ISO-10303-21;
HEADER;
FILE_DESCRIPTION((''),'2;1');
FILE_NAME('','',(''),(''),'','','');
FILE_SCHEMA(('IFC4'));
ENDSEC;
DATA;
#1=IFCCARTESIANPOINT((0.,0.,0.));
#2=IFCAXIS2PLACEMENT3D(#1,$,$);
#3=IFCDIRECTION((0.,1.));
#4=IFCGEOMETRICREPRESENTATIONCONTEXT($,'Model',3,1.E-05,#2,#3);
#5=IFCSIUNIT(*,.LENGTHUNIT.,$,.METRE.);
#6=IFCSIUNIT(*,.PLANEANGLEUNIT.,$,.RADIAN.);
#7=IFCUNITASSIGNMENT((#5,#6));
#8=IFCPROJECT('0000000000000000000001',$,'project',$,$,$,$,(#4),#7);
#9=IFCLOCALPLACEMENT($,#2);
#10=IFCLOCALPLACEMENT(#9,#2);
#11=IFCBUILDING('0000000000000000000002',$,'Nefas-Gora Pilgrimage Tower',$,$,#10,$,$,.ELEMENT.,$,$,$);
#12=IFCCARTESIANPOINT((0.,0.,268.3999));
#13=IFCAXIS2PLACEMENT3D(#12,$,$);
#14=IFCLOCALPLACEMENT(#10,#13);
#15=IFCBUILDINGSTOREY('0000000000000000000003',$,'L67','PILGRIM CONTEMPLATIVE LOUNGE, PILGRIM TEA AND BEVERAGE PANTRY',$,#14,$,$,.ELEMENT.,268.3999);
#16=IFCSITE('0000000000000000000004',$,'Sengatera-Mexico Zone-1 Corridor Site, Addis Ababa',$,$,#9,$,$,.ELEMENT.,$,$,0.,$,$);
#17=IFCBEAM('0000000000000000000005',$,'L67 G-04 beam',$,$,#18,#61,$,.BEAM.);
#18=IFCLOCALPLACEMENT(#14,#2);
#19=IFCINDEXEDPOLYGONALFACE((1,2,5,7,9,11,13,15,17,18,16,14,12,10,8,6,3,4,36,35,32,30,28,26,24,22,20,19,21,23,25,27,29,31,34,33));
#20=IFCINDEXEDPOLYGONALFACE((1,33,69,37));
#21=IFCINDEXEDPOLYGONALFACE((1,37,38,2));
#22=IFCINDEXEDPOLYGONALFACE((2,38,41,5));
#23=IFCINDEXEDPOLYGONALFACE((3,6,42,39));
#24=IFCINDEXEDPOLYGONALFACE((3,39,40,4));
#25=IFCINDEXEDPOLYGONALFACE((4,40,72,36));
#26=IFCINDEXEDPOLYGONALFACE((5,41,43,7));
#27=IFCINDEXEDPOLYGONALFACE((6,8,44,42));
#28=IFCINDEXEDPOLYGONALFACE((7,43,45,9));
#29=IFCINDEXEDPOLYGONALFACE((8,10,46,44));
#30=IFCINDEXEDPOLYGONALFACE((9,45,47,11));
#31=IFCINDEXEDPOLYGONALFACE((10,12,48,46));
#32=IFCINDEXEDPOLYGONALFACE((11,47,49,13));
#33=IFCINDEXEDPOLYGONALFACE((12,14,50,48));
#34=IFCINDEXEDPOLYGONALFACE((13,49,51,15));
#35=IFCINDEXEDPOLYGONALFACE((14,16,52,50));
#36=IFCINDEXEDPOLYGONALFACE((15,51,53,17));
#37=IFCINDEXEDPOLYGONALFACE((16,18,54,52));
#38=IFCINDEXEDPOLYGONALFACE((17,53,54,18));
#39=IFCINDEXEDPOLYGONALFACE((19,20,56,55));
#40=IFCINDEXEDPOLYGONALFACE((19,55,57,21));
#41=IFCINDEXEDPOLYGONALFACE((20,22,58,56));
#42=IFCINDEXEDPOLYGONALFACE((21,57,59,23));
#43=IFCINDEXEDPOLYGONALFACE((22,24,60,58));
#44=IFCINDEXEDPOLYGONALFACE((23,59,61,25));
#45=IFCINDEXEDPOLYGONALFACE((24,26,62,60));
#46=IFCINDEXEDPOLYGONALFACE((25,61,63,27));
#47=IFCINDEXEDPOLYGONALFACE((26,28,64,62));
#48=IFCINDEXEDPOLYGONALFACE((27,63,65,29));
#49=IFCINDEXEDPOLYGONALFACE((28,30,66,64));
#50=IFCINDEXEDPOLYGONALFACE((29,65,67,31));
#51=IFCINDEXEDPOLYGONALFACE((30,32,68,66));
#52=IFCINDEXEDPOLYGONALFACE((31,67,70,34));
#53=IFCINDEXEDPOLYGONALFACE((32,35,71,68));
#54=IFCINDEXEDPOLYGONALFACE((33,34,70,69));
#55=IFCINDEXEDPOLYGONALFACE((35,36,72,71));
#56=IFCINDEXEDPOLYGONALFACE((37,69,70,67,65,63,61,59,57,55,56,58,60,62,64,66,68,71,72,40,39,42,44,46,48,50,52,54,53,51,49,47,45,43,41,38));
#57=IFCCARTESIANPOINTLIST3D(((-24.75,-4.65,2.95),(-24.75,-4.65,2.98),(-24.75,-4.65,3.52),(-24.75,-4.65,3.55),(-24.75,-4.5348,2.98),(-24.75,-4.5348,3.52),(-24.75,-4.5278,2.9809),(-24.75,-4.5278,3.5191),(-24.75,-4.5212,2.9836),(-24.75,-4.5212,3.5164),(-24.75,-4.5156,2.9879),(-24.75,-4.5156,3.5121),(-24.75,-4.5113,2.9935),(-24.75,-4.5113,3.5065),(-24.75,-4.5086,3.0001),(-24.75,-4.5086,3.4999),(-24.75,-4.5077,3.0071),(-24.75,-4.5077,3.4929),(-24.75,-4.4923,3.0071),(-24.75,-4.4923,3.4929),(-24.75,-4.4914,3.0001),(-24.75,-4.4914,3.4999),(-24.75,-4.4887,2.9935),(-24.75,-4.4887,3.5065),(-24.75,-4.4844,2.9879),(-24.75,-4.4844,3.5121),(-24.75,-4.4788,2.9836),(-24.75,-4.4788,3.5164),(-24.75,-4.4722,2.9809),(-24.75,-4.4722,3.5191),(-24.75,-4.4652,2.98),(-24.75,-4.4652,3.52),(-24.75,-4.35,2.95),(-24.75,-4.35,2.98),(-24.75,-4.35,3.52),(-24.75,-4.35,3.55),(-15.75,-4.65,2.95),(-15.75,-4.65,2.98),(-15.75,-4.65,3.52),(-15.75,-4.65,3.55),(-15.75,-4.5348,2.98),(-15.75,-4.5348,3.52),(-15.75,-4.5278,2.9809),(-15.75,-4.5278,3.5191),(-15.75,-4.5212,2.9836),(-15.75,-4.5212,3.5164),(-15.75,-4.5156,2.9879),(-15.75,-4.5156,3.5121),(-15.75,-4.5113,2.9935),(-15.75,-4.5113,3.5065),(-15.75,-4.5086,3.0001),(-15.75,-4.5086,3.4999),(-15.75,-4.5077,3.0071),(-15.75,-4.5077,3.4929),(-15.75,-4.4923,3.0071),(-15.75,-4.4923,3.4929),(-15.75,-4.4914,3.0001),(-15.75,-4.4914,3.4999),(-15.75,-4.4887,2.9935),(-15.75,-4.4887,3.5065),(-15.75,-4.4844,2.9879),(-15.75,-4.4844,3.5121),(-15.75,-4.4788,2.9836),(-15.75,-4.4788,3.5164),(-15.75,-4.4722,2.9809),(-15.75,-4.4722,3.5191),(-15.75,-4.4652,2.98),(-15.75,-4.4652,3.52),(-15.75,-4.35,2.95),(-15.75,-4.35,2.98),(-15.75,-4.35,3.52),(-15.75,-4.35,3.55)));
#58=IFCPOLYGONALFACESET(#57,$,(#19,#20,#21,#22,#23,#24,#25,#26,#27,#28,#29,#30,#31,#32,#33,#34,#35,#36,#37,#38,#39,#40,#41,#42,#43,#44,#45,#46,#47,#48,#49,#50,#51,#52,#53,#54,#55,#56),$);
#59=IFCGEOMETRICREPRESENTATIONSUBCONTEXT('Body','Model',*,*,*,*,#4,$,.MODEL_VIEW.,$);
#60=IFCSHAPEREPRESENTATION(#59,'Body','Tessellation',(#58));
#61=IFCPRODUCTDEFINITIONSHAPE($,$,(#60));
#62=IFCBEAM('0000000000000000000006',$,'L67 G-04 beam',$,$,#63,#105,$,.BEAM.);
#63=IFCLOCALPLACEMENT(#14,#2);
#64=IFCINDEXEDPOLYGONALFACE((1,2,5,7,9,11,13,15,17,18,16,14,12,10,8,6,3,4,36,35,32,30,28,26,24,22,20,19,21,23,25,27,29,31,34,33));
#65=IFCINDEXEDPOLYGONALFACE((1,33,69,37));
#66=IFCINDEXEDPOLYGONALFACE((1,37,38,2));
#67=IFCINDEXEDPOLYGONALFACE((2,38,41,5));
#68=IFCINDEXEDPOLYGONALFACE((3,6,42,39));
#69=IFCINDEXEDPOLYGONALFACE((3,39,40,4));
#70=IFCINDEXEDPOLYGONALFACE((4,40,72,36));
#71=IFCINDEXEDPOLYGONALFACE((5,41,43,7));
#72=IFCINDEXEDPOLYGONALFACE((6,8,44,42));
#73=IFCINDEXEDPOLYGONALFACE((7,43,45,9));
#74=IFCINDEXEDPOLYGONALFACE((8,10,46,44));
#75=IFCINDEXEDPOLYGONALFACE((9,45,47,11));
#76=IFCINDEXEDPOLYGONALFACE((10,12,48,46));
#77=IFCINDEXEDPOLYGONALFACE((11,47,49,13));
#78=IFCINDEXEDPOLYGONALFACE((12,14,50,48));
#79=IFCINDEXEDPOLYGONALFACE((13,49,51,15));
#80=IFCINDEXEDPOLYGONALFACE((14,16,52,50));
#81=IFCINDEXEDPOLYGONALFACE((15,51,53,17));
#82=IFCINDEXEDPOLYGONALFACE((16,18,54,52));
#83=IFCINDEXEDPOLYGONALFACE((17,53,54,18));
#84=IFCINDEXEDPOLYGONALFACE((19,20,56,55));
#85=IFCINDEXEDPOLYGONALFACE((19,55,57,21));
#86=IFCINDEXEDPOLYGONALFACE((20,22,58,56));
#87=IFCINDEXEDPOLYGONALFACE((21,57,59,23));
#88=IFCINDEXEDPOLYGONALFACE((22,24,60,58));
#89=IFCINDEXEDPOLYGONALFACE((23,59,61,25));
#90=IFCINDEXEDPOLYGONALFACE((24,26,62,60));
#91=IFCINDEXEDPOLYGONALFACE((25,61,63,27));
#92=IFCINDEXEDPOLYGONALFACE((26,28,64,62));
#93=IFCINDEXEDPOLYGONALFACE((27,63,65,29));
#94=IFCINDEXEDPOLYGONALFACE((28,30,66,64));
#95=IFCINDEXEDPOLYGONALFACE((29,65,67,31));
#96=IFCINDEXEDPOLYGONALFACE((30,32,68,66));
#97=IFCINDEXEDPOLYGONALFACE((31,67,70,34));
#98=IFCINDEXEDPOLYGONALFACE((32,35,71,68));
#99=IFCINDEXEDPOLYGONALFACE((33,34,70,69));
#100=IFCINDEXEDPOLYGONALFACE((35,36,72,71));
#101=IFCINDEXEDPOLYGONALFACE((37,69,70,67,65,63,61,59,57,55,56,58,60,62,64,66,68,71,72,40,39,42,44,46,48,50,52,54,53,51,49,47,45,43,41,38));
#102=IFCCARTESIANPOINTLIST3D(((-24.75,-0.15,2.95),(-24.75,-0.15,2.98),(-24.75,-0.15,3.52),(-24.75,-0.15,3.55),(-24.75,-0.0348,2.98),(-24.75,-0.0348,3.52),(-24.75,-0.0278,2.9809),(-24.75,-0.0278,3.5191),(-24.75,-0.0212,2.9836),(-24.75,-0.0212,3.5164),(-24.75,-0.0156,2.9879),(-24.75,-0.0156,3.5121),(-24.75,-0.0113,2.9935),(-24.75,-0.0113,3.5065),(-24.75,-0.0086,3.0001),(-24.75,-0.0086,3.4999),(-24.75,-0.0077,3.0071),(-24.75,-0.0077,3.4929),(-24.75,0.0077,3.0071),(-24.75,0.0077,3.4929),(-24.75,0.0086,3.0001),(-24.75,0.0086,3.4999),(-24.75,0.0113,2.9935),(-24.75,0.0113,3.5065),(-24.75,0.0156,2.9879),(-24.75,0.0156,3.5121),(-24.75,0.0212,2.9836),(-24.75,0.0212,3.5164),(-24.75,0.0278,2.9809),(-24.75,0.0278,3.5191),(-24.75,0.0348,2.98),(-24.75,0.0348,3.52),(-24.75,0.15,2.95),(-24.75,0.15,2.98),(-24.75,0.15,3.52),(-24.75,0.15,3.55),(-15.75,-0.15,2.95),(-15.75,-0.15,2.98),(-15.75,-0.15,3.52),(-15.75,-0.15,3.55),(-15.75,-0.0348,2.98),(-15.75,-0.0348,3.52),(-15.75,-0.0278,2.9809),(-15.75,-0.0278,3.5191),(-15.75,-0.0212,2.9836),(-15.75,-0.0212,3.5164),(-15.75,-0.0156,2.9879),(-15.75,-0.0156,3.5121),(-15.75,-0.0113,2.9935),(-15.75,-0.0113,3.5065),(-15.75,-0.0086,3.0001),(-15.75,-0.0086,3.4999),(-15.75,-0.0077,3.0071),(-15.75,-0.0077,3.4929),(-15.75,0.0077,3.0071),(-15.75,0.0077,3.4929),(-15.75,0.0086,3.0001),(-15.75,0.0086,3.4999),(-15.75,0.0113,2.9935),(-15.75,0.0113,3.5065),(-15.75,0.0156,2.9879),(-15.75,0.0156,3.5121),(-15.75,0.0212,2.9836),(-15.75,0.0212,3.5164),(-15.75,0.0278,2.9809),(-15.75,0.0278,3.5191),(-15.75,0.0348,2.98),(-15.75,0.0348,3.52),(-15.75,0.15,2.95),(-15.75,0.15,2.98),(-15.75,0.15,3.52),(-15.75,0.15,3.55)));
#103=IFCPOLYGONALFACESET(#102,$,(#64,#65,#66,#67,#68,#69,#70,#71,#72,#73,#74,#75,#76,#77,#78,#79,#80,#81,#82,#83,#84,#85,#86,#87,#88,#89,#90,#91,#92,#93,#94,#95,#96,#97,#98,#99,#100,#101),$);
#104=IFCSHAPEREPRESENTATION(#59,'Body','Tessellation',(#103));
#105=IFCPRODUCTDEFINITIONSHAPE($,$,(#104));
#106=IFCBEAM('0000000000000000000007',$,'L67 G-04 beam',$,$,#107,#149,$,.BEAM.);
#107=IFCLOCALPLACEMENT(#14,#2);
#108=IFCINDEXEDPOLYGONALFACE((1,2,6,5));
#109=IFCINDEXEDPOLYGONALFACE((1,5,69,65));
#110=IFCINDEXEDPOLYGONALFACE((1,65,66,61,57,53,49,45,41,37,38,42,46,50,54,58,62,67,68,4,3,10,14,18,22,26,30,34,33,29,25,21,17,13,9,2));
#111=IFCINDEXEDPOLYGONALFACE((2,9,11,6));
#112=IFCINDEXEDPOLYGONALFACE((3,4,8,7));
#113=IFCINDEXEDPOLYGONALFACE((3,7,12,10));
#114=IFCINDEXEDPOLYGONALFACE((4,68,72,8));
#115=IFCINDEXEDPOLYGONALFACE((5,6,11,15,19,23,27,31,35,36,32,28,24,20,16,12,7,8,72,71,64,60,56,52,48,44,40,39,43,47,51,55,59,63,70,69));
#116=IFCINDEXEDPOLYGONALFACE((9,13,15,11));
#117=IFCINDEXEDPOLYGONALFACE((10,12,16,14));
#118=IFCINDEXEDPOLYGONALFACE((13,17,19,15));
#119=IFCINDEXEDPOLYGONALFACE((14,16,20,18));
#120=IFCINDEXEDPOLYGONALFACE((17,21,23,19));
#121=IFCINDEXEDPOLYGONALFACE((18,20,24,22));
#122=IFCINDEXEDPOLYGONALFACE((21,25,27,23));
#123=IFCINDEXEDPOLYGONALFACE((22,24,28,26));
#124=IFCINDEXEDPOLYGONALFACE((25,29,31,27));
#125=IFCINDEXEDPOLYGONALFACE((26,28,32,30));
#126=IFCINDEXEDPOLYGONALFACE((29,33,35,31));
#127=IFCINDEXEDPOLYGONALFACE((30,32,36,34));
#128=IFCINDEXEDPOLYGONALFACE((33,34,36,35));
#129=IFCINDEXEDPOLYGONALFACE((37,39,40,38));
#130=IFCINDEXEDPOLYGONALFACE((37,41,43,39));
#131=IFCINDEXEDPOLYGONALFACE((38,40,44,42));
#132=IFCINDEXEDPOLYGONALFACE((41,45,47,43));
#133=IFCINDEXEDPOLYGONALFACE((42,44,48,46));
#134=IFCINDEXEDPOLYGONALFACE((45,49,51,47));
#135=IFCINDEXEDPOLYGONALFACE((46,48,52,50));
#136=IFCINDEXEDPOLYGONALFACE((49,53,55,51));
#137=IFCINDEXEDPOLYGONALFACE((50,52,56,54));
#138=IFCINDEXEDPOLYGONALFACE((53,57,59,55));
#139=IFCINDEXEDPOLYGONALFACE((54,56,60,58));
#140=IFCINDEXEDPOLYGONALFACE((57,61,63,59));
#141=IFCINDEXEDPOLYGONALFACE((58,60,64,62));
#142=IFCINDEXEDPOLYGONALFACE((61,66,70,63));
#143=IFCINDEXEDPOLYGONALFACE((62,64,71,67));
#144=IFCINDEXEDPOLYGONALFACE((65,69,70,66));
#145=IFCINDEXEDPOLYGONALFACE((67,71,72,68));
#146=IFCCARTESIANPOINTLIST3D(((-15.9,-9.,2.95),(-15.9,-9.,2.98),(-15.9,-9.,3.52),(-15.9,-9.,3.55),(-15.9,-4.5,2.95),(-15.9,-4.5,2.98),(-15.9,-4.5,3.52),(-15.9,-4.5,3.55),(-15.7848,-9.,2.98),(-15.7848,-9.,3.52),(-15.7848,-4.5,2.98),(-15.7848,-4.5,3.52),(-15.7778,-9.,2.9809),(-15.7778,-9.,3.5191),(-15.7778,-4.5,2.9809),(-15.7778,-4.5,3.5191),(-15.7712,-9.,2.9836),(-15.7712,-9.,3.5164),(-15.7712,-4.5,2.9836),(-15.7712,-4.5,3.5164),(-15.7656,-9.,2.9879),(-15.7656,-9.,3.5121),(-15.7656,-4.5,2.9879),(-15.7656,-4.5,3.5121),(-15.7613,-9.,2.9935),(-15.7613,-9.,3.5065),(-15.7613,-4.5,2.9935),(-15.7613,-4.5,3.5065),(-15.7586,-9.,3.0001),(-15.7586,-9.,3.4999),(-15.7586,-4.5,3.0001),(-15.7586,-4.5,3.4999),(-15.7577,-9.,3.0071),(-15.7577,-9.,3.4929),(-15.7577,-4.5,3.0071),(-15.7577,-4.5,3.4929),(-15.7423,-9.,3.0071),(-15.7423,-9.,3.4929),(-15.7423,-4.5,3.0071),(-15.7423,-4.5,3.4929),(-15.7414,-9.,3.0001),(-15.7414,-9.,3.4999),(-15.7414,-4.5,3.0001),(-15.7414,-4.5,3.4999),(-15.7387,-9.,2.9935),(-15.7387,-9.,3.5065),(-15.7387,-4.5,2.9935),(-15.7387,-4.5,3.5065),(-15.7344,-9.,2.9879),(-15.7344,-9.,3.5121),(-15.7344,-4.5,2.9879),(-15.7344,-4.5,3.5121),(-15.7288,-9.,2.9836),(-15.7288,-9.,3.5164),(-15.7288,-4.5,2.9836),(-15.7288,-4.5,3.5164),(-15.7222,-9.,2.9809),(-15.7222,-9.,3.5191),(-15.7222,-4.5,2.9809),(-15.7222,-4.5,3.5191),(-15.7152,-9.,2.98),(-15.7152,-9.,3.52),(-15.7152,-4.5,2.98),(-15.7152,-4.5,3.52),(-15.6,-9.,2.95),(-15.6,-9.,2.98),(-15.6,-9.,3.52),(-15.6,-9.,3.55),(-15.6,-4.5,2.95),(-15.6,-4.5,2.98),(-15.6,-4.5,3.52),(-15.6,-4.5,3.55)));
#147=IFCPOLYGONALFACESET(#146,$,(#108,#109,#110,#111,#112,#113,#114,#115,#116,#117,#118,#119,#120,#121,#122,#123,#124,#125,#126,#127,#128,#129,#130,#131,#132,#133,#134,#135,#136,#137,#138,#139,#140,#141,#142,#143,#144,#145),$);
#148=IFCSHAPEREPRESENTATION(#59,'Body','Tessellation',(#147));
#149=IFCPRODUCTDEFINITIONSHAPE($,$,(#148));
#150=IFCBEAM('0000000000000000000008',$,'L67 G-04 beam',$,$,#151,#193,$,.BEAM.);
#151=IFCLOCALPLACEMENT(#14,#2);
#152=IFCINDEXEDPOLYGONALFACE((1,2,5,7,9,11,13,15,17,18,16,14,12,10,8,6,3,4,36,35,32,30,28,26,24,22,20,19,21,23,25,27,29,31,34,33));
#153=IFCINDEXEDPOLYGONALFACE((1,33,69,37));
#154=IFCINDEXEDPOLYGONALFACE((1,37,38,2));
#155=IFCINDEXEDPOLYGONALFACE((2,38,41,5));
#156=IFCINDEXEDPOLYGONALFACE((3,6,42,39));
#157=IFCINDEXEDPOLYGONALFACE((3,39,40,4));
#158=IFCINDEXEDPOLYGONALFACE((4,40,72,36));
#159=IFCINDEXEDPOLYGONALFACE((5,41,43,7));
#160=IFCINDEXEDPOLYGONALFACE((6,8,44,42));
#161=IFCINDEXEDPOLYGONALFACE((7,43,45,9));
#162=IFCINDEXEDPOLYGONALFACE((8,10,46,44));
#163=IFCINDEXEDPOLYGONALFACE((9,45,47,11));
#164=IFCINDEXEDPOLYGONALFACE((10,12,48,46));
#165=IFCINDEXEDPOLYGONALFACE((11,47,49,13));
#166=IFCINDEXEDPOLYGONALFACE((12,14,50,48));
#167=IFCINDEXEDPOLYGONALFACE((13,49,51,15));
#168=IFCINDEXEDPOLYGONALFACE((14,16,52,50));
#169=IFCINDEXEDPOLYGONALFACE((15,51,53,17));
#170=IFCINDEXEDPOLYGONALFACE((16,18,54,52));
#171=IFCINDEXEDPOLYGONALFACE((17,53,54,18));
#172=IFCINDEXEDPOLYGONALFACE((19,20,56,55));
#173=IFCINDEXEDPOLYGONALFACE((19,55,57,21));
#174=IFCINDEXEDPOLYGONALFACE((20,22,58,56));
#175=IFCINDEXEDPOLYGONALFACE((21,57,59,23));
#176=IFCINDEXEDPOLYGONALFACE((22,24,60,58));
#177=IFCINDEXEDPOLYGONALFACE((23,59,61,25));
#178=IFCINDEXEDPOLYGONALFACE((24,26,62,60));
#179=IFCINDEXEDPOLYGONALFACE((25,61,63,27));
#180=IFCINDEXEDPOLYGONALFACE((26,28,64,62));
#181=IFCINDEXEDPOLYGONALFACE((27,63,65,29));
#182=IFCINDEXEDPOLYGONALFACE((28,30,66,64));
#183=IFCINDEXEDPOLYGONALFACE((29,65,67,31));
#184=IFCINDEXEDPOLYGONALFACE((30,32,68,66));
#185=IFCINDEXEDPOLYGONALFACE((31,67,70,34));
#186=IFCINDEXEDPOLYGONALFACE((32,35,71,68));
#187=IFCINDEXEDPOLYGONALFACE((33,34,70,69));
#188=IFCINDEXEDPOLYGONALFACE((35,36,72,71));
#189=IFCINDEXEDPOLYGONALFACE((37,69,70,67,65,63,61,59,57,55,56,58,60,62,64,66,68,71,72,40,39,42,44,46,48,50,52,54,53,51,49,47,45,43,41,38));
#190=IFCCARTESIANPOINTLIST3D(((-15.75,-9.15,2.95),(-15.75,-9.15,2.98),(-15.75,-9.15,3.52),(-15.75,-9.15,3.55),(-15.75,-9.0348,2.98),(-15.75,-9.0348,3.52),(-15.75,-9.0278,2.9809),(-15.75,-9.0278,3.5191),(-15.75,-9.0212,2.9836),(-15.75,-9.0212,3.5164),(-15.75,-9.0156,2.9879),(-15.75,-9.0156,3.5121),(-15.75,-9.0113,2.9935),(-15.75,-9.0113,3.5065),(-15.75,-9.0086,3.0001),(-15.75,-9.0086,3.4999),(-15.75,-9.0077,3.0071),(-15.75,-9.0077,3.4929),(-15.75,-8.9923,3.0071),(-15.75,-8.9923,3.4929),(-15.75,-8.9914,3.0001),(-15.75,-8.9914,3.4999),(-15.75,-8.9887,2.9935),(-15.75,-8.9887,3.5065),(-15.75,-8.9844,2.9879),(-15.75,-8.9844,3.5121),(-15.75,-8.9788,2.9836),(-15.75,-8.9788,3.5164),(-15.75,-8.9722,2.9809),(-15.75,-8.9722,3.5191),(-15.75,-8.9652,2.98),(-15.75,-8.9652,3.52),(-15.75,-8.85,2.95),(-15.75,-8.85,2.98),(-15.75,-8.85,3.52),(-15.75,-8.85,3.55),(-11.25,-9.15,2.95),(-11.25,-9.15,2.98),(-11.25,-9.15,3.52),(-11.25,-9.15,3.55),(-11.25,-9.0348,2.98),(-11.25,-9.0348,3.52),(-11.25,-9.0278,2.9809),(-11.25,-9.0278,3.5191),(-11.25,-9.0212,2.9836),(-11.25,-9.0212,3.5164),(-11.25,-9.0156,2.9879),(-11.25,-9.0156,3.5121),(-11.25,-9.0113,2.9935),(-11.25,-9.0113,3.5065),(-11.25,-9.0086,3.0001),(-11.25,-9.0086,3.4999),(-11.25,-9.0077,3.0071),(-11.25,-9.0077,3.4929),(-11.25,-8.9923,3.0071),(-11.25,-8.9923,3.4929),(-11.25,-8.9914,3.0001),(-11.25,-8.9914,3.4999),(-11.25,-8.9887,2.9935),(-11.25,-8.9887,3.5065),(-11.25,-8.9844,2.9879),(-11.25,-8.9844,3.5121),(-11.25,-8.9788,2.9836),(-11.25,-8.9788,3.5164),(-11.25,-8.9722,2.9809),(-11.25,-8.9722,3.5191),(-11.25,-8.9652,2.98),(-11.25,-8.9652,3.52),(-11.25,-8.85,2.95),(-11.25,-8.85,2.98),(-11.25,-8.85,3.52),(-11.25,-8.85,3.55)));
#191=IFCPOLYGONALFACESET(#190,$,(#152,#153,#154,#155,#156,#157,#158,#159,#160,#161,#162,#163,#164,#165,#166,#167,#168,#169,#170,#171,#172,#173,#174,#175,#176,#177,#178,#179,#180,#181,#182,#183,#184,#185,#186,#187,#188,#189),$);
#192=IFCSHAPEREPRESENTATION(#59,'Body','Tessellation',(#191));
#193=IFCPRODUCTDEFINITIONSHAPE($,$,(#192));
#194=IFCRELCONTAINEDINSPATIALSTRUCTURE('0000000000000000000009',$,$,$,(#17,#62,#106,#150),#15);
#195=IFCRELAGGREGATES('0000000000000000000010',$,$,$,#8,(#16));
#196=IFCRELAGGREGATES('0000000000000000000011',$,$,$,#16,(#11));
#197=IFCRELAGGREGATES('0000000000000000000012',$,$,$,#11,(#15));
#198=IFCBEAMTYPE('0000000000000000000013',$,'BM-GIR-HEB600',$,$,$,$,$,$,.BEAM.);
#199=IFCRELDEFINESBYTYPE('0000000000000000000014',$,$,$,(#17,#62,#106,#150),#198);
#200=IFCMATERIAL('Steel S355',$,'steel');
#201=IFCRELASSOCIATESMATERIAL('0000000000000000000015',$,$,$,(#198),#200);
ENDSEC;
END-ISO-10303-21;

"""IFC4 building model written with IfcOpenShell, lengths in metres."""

from ifc_helpers import new_model, si_unit, direction, frame, origin, origin_2d, place, context, subcontext, project, spatial, i_section, extrude, source, transform, mapped, material, material_profile, profile_set, type_object, element, save


model = new_model("IFC4")

# Units and contexts
model_context = context("Model", 3, precision=1e-05, world=origin(), true_north=direction((0.0, 1.0)))
body_context = subcontext(model_context, "Body", "Model", "MODEL_VIEW")
ifc_project = project(units=[si_unit("LENGTHUNIT", "METRE"), si_unit("PLANEANGLEUNIT", "RADIAN")], contexts=[model_context])

# Site, building, storey
site_placement = place(None, origin())
site = spatial("IfcSite", under=ifc_project, at=site_placement, Name="Sengatera-Mexico Zone-1 Corridor Site, Addis Ababa", CompositionType="ELEMENT", RefElevation=0.0)
building_placement = place(site_placement, origin())
building = spatial("IfcBuilding", under=site, at=building_placement, Name="Nefas-Gora Pilgrimage Tower", CompositionType="ELEMENT")
storey_placement = place(building_placement, frame((0.0, 0.0, 268.3999)))
storey = spatial("IfcBuildingStorey", under=building, at=storey_placement, Name="L67", Description="PILGRIM CONTEMPLATIVE LOUNGE, PILGRIM TEA AND BEVERAGE PANTRY", CompositionType="ELEMENT", Elevation=268.3999)

# Shared definitions
ifc_material_1 = material(Name="Steel S355", Category="steel")

# Beams
ifc_material_profile_1 = material_profile(ifc_material_1, i_section(OverallWidth=0.3, OverallDepth=0.6001, WebThickness=0.0154, FlangeThickness=0.03, FilletRadius=0.0271, at=origin_2d()), Name="HEB 600")
ifc_profile_set_1 = profile_set([ifc_material_profile_1], Name="Steel S355")
beam_type_1 = type_object("IfcBeamType", Name="BM-GIR-HEB600", PredefinedType="BEAM", material=ifc_profile_set_1)
shared_shape_1 = source(origin(), body_context, "Body", "SweptSolid", [
    extrude(i_section(OverallWidth=0.3, OverallDepth=0.6001, WebThickness=0.0154, FlangeThickness=0.03, FilletRadius=0.0271, at=origin_2d()), origin(), (0.0, 0.0, 1.0), 9.0),
])
for number, where, z_axis, x_axis, name in (
    (1, (-24.75, -4.5, 3.25), (1.0, 0.0, 0.0), (0.0, 1.0, 0.0), "L67 G-04 beam"),
    (2, (-24.75, 0.0, 3.25), (1.0, 0.0, 0.0), (0.0, 1.0, 0.0), "L67 G-04 beam"),
):
    element("IfcBeam", number, at=place(storey_placement, frame(where, z_axis=z_axis, x_axis=x_axis)), inside=storey, type_object=beam_type_1, Name=name, PredefinedType="BEAM", context=body_context, shape_type="MappedRepresentation", body=[
        mapped(shared_shape_1, transform((0.0, 0.0, 0.0), x_axis=(1.0, 0.0, 0.0), y_axis=(0.0, 1.0, 0.0), z_axis=(0.0, 0.0, 1.0), scale=1.0)),
    ])
shared_shape_2 = source(origin(), body_context, "Body", "SweptSolid", [
    extrude(i_section(OverallWidth=0.3, OverallDepth=0.6001, WebThickness=0.0154, FlangeThickness=0.03, FilletRadius=0.0271, at=origin_2d()), origin(), (0.0, 0.0, 1.0), 4.5),
])
for number, where, z_axis, x_axis, name in (
    (3, (-15.75, -9.0, 3.25), (0.0, 1.0, 0.0), (-1.0, 0.0, 0.0), "L67 G-04 beam"),
    (4, (-15.75, -9.0, 3.25), (1.0, 0.0, 0.0), (0.0, 1.0, 0.0), "L67 G-04 beam"),
):
    element("IfcBeam", number, at=place(storey_placement, frame(where, z_axis=z_axis, x_axis=x_axis)), inside=storey, type_object=beam_type_1, Name=name, PredefinedType="BEAM", context=body_context, shape_type="MappedRepresentation", body=[
        mapped(shared_shape_2, transform((0.0, 0.0, 0.0), x_axis=(1.0, 0.0, 0.0), y_axis=(0.0, 1.0, 0.0), z_axis=(0.0, 0.0, 1.0), scale=1.0)),
    ])

save(model, "model.ifc")
